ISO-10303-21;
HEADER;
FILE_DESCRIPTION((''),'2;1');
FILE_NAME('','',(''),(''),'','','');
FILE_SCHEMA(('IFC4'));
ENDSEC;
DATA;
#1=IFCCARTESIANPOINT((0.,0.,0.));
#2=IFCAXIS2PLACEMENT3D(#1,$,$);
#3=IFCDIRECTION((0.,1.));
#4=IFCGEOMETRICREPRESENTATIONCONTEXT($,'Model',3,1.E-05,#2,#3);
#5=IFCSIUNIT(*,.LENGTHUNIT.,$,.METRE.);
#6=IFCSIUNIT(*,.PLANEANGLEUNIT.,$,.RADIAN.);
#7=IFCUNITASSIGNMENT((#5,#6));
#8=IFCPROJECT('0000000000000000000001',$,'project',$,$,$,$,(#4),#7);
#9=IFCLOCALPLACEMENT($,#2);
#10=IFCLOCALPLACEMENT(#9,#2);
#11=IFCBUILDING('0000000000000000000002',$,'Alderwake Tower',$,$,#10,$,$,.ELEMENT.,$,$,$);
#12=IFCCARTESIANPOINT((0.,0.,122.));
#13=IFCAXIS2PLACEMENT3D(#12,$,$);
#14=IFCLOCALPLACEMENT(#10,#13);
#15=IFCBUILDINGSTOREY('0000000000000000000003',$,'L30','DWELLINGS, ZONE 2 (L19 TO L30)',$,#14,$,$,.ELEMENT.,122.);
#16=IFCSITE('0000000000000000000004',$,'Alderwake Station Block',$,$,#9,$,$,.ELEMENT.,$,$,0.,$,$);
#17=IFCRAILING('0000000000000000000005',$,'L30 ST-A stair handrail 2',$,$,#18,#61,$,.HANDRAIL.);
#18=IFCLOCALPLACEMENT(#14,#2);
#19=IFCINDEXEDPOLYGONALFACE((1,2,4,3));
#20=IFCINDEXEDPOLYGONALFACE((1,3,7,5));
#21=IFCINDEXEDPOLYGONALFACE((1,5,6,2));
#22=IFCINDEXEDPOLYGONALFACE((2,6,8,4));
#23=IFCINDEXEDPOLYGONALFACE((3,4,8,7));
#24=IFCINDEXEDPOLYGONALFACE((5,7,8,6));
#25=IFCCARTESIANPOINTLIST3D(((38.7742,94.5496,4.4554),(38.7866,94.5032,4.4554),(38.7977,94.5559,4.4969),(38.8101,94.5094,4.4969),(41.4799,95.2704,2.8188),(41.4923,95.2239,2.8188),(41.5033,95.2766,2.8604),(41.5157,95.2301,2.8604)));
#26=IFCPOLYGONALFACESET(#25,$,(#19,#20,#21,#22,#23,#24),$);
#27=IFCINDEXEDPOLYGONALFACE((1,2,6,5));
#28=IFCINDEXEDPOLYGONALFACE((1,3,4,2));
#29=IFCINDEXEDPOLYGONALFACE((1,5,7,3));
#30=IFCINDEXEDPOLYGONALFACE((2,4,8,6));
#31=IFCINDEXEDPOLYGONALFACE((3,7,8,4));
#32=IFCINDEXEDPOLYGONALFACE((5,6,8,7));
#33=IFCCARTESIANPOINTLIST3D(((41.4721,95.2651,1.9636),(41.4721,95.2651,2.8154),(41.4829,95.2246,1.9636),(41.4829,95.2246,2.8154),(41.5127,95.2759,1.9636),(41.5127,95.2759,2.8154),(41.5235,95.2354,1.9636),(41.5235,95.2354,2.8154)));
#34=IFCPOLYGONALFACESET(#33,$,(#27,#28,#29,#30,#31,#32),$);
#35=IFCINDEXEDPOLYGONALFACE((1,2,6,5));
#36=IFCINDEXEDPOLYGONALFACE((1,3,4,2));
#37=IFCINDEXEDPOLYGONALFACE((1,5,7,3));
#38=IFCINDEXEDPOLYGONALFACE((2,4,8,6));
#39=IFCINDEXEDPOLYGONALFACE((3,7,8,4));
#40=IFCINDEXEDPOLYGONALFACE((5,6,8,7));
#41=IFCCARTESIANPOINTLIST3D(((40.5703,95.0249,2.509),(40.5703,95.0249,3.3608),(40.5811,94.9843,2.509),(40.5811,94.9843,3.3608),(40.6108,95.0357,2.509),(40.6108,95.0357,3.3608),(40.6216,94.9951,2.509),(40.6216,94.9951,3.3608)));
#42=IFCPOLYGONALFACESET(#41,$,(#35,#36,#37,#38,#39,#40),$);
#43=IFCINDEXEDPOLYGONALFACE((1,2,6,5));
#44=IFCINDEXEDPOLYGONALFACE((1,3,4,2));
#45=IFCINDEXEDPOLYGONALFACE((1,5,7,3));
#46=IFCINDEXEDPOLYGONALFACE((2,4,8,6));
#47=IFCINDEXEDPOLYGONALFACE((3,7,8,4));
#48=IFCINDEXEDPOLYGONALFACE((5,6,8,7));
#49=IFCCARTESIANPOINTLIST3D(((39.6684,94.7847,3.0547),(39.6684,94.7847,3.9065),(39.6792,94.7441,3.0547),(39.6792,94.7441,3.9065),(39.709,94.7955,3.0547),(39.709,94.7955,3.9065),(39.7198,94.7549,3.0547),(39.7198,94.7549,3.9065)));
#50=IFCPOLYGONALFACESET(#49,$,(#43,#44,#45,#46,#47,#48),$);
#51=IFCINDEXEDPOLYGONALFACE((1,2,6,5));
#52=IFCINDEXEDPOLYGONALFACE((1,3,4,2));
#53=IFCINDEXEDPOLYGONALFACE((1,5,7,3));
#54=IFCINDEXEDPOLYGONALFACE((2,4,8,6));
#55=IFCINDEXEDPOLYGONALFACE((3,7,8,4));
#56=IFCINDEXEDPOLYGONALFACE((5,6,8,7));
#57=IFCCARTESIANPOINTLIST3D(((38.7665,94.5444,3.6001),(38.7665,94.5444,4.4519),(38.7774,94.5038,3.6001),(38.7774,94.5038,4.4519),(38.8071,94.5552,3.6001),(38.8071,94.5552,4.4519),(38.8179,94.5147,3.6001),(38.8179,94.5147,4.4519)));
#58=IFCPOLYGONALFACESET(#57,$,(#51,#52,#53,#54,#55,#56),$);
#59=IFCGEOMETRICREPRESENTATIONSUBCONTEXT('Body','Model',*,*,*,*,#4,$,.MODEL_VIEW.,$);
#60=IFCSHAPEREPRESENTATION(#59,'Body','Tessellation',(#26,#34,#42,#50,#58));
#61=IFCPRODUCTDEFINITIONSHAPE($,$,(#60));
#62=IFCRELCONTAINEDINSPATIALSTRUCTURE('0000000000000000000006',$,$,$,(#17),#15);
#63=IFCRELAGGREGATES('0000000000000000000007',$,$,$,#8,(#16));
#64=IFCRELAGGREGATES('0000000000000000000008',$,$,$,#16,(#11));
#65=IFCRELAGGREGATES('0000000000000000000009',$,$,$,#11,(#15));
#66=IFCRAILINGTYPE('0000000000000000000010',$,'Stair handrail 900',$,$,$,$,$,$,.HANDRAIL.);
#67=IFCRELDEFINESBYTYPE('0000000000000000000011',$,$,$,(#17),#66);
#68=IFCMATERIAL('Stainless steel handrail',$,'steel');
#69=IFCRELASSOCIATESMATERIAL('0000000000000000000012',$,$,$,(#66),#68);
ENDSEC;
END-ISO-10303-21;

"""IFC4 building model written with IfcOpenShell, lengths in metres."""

from ifc_helpers import new_model, si_unit, direction, frame, origin, origin_2d, place, context, subcontext, project, spatial, rectangle, extrude, material, type_object, element, save


model = new_model("IFC4")

# Units and contexts
model_context = context("Model", 3, precision=1e-05, world=origin(), true_north=direction((0.0, 1.0)))
body_context = subcontext(model_context, "Body", "Model", "MODEL_VIEW")
ifc_project = project(units=[si_unit("LENGTHUNIT", "METRE"), si_unit("PLANEANGLEUNIT", "RADIAN")], contexts=[model_context])

# Site, building, storey
site_placement = place(None, origin())
site = spatial("IfcSite", under=ifc_project, at=site_placement, Name="Alderwake Station Block", CompositionType="ELEMENT", RefElevation=0.0)
building_placement = place(site_placement, origin())
building = spatial("IfcBuilding", under=site, at=building_placement, Name="Alderwake Tower", CompositionType="ELEMENT")
storey_placement = place(building_placement, frame((0.0, 0.0, 122.0)))
storey = spatial("IfcBuildingStorey", under=building, at=storey_placement, Name="L30", Description="DWELLINGS, ZONE 2 (L19 TO L30)", CompositionType="ELEMENT", Elevation=122.0)

# Railing
ifc_material_1 = material(Name="Stainless steel handrail", Category="steel")
railing_type = type_object("IfcRailingType", Name="Stair handrail 900", PredefinedType="HANDRAIL", material=ifc_material_1)
railing_placement = place(storey_placement, frame((41.4978, 95.2502, 1.9636)))
element("IfcRailing", 1, at=railing_placement, inside=storey, type_object=railing_type, Name="L30 ST-A stair handrail 2", PredefinedType="HANDRAIL", context=body_context, shape_type="SweptSolid", body=[
    extrude(rectangle(XDim=0.0481, YDim=0.0481, at=origin_2d()), frame((0.0, 0.0, 0.876), z_axis=(-0.834259, -0.222228, 0.504605), x_axis=(0.257402, -0.966304, 0.0)), (0.0, 0.0, 1.0), 3.2432),
    extrude(rectangle(XDim=0.042, YDim=0.042, at=origin_2d()), frame((0.0, 0.0, 0.0), z_axis=(0.0, 0.0, 1.0), x_axis=(-0.966304, -0.257402, 0.0)), (0.0, 0.0, 1.0), 0.8518),
    extrude(rectangle(XDim=0.042, YDim=0.042, at=origin_2d()), frame((-0.9019, -0.2402, 0.5454), z_axis=(0.0, 0.0, 1.0), x_axis=(-0.966304, -0.257402, 0.0)), (0.0, 0.0, 1.0), 0.8518),
    extrude(rectangle(XDim=0.042, YDim=0.042, at=origin_2d()), frame((-1.8037, -0.4805, 1.0911), z_axis=(0.0, 0.0, 1.0), x_axis=(-0.966304, -0.257402, 0.0)), (0.0, 0.0, 1.0), 0.8518),
    extrude(rectangle(XDim=0.042, YDim=0.042, at=origin_2d()), frame((-2.7056, -0.7207, 1.6365), z_axis=(0.0, 0.0, 1.0), x_axis=(-0.966304, -0.257402, 0.0)), (0.0, 0.0, 1.0), 0.8518),
])

save(model, "model.ifc")
